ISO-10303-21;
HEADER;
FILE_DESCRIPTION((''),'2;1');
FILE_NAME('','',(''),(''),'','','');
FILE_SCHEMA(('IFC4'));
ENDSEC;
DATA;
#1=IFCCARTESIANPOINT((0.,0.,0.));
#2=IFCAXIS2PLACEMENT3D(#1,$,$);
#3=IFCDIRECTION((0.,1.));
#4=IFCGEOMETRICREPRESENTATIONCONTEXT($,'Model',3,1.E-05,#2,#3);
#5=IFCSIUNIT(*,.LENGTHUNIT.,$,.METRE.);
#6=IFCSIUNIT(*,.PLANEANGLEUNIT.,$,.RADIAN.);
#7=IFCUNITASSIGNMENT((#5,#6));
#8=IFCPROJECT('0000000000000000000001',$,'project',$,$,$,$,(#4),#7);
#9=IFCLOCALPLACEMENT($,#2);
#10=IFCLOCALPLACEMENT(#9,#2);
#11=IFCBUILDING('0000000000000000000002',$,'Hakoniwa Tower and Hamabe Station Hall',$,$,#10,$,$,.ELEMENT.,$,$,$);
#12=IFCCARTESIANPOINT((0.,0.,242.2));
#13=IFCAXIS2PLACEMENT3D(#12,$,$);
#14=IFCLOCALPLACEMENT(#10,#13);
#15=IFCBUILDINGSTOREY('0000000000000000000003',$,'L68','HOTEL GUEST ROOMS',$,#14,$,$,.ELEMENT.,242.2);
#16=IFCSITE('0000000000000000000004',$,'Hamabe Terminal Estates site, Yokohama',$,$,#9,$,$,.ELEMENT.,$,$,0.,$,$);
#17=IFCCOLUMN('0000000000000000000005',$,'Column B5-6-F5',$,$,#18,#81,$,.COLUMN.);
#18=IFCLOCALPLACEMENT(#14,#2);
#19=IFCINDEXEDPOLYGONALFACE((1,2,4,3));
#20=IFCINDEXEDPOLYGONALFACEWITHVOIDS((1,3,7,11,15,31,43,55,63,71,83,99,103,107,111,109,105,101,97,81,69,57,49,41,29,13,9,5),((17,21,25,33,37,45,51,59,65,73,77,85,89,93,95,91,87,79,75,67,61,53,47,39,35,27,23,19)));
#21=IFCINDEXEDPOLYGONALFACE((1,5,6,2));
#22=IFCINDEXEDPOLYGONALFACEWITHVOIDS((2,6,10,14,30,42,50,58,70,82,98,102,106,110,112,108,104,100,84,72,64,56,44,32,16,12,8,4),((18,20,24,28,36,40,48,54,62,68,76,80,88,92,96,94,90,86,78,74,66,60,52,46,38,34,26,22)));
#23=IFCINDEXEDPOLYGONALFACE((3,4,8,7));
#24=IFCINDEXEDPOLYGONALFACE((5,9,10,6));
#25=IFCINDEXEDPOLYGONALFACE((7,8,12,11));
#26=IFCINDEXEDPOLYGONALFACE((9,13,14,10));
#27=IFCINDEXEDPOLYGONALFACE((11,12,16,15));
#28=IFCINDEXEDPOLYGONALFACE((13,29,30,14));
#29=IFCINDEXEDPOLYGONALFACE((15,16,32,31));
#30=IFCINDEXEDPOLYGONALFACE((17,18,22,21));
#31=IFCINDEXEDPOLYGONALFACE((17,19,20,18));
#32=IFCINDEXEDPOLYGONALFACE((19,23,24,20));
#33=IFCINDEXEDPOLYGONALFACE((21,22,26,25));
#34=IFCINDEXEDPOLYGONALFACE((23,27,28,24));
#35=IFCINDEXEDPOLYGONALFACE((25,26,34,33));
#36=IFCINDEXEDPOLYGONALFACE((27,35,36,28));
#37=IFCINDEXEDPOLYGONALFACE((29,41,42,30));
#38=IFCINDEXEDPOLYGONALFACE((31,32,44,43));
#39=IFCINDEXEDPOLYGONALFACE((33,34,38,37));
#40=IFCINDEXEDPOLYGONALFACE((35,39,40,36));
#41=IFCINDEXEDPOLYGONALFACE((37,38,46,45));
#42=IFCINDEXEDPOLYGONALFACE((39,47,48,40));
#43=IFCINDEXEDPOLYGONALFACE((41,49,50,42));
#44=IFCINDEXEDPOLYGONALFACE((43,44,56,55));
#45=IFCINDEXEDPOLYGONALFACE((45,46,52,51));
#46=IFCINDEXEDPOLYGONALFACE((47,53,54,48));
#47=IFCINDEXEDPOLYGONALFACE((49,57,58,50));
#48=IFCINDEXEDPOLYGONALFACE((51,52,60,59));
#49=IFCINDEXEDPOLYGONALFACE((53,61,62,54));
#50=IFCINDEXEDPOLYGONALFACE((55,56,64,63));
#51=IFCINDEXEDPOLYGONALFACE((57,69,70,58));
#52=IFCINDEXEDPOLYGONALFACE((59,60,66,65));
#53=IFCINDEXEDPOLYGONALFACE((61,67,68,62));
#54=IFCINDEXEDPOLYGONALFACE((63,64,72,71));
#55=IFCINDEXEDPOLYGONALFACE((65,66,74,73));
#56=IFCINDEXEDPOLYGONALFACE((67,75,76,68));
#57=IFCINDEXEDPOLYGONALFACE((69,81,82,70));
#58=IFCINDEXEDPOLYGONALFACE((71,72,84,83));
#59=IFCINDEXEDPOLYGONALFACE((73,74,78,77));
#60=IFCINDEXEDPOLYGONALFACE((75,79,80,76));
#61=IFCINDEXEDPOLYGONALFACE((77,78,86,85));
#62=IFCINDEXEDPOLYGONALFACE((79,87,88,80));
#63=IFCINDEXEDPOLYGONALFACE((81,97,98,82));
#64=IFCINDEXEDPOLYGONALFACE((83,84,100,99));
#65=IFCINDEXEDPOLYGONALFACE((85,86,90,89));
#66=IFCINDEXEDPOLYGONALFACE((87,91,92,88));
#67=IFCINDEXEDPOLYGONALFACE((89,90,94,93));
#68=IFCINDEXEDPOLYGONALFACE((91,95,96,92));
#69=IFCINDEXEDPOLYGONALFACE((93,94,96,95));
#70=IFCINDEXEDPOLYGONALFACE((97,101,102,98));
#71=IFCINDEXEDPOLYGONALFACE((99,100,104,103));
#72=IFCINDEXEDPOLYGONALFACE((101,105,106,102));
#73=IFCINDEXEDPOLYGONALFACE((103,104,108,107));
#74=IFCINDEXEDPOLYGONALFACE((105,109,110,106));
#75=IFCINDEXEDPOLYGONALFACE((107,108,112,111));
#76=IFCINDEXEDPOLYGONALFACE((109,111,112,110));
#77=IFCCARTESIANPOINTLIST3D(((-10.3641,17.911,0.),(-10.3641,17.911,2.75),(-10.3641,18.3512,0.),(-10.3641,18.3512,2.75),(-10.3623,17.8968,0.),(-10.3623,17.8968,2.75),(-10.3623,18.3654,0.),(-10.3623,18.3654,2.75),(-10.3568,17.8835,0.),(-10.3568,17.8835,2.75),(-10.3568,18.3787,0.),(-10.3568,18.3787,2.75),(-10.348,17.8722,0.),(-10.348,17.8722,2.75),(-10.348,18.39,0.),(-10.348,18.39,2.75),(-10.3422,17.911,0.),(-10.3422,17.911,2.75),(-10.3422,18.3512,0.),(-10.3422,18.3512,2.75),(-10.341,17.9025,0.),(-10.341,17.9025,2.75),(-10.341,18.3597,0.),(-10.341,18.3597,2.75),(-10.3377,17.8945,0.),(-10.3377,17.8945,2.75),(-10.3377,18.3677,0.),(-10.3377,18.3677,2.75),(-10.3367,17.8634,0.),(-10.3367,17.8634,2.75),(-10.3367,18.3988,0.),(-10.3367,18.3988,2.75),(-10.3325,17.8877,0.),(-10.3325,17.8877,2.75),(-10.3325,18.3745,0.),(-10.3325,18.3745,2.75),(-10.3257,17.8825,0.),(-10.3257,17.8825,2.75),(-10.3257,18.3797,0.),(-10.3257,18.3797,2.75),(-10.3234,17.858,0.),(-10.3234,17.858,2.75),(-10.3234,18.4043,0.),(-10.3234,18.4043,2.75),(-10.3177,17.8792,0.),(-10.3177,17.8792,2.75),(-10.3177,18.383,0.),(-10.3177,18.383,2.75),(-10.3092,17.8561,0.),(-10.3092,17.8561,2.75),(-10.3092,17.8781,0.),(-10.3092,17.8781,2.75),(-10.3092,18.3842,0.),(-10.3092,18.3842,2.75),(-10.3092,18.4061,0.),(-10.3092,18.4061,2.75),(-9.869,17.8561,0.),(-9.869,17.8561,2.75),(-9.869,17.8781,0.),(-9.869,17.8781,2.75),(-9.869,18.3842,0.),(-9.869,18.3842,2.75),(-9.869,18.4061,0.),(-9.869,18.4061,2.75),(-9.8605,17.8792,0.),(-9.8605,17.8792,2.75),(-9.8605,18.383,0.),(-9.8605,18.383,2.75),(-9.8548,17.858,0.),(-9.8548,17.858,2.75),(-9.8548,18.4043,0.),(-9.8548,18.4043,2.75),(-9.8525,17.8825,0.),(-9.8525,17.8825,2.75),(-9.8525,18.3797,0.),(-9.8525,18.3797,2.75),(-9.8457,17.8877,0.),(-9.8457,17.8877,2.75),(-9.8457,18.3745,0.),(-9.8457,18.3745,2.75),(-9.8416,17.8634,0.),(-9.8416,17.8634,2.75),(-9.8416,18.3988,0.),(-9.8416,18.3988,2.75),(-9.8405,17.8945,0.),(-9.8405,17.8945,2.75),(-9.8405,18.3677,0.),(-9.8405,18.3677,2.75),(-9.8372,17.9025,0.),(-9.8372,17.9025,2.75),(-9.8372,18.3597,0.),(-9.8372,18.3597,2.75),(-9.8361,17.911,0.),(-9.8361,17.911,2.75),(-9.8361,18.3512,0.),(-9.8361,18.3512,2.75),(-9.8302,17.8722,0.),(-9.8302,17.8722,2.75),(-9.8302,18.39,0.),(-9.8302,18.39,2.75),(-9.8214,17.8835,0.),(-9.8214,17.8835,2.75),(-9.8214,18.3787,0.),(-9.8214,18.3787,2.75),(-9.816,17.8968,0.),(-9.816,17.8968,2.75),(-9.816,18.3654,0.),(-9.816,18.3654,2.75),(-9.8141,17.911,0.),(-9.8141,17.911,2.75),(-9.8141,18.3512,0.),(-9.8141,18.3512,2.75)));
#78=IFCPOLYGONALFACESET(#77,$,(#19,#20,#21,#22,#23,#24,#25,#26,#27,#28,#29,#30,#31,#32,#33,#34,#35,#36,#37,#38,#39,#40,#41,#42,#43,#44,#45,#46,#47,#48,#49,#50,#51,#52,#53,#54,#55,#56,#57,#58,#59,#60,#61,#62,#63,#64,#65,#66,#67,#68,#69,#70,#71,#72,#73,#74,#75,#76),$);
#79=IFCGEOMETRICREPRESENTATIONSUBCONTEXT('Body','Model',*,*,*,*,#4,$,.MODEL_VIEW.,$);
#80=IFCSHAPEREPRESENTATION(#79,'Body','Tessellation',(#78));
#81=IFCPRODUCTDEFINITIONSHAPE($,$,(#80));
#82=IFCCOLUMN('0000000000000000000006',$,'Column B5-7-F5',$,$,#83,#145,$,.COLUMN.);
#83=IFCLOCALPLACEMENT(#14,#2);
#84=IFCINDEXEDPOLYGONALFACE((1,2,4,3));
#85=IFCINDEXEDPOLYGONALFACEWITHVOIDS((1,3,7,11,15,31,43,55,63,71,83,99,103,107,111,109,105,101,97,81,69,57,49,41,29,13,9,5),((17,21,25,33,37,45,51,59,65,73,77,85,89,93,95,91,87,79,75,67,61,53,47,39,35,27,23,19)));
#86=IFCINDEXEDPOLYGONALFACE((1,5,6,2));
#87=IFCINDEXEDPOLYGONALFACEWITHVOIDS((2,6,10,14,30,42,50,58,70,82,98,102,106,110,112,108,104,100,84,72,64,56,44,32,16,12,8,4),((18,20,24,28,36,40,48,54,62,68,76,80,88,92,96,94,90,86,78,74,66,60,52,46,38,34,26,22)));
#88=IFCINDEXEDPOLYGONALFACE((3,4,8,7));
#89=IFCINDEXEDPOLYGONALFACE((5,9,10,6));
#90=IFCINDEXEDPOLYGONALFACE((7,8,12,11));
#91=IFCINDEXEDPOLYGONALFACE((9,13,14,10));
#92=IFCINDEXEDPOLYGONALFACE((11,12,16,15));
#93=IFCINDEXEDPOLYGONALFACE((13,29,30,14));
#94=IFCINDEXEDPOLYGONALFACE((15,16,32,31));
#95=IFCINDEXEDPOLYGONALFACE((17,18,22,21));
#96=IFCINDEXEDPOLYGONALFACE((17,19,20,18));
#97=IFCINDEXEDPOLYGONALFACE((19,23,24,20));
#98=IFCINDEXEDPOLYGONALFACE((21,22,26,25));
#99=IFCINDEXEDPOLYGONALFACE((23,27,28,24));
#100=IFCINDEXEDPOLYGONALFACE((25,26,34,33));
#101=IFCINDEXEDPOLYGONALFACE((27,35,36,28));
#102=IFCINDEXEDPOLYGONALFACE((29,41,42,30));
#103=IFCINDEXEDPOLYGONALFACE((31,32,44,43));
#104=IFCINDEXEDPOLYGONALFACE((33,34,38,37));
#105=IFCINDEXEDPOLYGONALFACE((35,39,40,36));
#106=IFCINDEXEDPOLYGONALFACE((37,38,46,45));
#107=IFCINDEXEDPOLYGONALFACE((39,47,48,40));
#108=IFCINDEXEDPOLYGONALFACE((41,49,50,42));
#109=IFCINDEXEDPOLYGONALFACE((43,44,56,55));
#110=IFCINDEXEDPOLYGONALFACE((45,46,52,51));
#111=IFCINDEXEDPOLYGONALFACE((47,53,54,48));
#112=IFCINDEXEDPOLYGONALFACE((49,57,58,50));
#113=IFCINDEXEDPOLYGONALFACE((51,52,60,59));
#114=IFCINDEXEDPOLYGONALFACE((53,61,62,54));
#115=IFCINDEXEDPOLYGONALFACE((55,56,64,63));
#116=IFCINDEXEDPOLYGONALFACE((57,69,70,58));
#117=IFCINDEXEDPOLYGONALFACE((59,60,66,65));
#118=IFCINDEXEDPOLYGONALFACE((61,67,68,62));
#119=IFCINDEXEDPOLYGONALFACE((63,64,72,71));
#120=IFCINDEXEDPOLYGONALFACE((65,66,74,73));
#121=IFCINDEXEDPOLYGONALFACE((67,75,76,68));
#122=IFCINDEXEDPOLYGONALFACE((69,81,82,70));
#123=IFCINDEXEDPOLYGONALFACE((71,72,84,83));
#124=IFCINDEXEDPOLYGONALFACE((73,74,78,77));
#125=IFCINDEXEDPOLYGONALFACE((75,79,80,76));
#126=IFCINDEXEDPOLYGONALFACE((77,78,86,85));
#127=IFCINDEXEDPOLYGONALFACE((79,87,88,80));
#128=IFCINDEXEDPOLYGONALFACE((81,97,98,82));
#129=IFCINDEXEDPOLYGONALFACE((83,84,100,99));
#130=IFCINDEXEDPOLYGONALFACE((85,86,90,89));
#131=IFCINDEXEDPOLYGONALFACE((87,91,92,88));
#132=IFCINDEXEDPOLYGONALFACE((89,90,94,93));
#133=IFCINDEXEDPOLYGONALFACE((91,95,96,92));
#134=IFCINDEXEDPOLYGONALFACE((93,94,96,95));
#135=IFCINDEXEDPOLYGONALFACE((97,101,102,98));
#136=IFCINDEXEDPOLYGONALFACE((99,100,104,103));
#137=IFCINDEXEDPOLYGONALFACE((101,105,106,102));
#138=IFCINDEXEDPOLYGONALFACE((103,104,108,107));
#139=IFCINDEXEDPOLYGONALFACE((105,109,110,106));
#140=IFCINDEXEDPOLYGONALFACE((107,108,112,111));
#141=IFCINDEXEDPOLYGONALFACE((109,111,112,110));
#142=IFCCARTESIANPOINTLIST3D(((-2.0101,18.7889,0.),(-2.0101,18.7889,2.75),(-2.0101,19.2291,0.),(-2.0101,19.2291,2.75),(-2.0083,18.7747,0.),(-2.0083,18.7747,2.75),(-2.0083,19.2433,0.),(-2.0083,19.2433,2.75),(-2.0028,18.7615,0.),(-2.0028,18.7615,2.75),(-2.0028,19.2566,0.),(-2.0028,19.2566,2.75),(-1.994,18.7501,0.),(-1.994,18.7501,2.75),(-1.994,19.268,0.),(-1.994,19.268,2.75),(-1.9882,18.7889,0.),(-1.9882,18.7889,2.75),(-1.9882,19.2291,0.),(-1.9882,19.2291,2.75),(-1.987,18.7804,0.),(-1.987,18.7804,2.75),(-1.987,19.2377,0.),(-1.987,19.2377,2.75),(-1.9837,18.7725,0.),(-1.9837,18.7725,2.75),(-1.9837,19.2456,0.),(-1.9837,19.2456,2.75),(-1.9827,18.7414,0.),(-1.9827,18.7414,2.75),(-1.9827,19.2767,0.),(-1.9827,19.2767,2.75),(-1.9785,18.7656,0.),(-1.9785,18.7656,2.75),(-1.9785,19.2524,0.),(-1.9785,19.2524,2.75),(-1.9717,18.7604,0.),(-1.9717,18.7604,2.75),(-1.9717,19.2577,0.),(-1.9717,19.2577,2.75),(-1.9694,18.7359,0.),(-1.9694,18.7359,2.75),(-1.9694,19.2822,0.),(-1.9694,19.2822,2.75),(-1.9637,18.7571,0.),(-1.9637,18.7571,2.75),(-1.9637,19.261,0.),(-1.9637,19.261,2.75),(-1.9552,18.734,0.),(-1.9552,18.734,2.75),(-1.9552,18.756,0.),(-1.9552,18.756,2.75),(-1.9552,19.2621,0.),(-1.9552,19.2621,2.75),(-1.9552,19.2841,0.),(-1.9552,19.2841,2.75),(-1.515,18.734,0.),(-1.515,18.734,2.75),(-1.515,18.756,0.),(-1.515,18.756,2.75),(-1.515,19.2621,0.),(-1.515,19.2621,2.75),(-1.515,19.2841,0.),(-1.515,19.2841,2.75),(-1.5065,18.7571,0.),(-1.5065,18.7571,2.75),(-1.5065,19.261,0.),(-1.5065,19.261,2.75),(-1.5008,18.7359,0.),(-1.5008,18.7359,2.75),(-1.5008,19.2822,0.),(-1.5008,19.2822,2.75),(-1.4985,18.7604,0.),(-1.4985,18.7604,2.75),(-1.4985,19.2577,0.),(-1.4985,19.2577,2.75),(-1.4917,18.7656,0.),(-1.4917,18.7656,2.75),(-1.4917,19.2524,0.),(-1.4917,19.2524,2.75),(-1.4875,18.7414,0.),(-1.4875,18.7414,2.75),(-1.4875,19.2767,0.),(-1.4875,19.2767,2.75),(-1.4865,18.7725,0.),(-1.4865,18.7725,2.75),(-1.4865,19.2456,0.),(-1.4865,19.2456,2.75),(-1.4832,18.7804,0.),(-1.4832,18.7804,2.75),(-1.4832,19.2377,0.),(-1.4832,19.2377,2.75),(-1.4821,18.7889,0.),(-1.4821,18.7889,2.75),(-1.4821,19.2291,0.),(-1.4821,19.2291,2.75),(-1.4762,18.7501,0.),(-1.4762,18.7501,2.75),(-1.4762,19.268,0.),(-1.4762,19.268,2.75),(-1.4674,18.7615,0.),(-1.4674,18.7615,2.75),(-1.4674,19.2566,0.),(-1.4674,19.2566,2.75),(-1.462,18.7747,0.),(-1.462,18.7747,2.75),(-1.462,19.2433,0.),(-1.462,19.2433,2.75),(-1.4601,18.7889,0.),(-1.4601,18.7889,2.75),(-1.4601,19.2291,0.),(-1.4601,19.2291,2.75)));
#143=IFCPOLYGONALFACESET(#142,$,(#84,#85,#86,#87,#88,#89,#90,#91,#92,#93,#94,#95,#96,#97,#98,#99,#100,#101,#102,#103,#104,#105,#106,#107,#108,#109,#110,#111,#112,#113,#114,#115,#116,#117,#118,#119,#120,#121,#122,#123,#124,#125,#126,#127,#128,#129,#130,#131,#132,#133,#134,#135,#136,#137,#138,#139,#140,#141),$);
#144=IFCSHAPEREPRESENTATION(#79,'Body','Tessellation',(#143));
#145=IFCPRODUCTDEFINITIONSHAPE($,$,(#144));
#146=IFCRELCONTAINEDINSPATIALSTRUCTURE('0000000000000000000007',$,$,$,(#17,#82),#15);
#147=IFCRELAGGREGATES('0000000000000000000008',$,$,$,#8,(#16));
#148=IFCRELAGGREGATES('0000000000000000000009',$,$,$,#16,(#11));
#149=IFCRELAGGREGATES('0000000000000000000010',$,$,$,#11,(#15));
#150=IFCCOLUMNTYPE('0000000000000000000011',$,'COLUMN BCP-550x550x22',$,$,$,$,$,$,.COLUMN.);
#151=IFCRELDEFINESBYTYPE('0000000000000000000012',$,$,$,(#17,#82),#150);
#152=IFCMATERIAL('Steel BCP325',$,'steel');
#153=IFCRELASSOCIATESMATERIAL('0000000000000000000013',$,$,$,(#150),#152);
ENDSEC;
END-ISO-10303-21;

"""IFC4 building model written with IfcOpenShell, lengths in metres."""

from ifc_helpers import new_model, si_unit, direction, frame, origin, origin_2d, place, context, subcontext, project, spatial, hollow_rectangle, extrude, material, material_profile, profile_set, type_object, element, save


model = new_model("IFC4")

# Units and contexts
model_context = context("Model", 3, precision=1e-05, world=origin(), true_north=direction((0.0, 1.0)))
body_context = subcontext(model_context, "Body", "Model", "MODEL_VIEW")
ifc_project = project(units=[si_unit("LENGTHUNIT", "METRE"), si_unit("PLANEANGLEUNIT", "RADIAN")], contexts=[model_context])

# Site, building, storey
site_placement = place(None, origin())
site = spatial("IfcSite", under=ifc_project, at=site_placement, Name="Hamabe Terminal Estates site, Yokohama", CompositionType="ELEMENT", RefElevation=0.0)
building_placement = place(site_placement, origin())
building = spatial("IfcBuilding", under=site, at=building_placement, Name="Hakoniwa Tower and Hamabe Station Hall", CompositionType="ELEMENT")
storey_placement = place(building_placement, frame((0.0, 0.0, 242.2)))
storey = spatial("IfcBuildingStorey", under=building, at=storey_placement, Name="L68", Description="HOTEL GUEST ROOMS", CompositionType="ELEMENT", Elevation=242.2)

# Columns
ifc_material_1 = material(Name="Steel BCP325", Category="steel")
ifc_material_profile_1 = material_profile(ifc_material_1, hollow_rectangle(XDim=0.55, YDim=0.55, WallThickness=0.022, InnerFilletRadius=0.033, OuterFilletRadius=0.0549, at=origin_2d()), Name="BCP-550x550x22")
ifc_profile_set_1 = profile_set([ifc_material_profile_1], Name="Steel BCP325")
column_type_1 = type_object("IfcColumnType", Name="COLUMN BCP-550x550x22", PredefinedType="COLUMN", material=ifc_profile_set_1)
for number, where, z_axis, x_axis, name in (
    (1, (-10.0891, 18.1311, 0.0), (0.0, 0.0, 1.0), (1.0, 0.0, 0.0), "Column B5-6-F5"),
    (2, (-1.7351, 19.009, 0.0), (0.0, 0.0, 1.0), (1.0, 0.0, 0.0), "Column B5-7-F5"),
):
    element("IfcColumn", number, at=place(storey_placement, frame(where, z_axis=z_axis, x_axis=x_axis)), inside=storey, type_object=column_type_1, Name=name, PredefinedType="COLUMN", context=body_context, shape_type="SweptSolid", body=[
        extrude(hollow_rectangle(XDim=0.55, YDim=0.55, WallThickness=0.022, InnerFilletRadius=0.033, OuterFilletRadius=0.0549, at=origin_2d()), origin(), (0.0, 0.0, 1.0), 2.75),
    ])

save(model, "model.ifc")
